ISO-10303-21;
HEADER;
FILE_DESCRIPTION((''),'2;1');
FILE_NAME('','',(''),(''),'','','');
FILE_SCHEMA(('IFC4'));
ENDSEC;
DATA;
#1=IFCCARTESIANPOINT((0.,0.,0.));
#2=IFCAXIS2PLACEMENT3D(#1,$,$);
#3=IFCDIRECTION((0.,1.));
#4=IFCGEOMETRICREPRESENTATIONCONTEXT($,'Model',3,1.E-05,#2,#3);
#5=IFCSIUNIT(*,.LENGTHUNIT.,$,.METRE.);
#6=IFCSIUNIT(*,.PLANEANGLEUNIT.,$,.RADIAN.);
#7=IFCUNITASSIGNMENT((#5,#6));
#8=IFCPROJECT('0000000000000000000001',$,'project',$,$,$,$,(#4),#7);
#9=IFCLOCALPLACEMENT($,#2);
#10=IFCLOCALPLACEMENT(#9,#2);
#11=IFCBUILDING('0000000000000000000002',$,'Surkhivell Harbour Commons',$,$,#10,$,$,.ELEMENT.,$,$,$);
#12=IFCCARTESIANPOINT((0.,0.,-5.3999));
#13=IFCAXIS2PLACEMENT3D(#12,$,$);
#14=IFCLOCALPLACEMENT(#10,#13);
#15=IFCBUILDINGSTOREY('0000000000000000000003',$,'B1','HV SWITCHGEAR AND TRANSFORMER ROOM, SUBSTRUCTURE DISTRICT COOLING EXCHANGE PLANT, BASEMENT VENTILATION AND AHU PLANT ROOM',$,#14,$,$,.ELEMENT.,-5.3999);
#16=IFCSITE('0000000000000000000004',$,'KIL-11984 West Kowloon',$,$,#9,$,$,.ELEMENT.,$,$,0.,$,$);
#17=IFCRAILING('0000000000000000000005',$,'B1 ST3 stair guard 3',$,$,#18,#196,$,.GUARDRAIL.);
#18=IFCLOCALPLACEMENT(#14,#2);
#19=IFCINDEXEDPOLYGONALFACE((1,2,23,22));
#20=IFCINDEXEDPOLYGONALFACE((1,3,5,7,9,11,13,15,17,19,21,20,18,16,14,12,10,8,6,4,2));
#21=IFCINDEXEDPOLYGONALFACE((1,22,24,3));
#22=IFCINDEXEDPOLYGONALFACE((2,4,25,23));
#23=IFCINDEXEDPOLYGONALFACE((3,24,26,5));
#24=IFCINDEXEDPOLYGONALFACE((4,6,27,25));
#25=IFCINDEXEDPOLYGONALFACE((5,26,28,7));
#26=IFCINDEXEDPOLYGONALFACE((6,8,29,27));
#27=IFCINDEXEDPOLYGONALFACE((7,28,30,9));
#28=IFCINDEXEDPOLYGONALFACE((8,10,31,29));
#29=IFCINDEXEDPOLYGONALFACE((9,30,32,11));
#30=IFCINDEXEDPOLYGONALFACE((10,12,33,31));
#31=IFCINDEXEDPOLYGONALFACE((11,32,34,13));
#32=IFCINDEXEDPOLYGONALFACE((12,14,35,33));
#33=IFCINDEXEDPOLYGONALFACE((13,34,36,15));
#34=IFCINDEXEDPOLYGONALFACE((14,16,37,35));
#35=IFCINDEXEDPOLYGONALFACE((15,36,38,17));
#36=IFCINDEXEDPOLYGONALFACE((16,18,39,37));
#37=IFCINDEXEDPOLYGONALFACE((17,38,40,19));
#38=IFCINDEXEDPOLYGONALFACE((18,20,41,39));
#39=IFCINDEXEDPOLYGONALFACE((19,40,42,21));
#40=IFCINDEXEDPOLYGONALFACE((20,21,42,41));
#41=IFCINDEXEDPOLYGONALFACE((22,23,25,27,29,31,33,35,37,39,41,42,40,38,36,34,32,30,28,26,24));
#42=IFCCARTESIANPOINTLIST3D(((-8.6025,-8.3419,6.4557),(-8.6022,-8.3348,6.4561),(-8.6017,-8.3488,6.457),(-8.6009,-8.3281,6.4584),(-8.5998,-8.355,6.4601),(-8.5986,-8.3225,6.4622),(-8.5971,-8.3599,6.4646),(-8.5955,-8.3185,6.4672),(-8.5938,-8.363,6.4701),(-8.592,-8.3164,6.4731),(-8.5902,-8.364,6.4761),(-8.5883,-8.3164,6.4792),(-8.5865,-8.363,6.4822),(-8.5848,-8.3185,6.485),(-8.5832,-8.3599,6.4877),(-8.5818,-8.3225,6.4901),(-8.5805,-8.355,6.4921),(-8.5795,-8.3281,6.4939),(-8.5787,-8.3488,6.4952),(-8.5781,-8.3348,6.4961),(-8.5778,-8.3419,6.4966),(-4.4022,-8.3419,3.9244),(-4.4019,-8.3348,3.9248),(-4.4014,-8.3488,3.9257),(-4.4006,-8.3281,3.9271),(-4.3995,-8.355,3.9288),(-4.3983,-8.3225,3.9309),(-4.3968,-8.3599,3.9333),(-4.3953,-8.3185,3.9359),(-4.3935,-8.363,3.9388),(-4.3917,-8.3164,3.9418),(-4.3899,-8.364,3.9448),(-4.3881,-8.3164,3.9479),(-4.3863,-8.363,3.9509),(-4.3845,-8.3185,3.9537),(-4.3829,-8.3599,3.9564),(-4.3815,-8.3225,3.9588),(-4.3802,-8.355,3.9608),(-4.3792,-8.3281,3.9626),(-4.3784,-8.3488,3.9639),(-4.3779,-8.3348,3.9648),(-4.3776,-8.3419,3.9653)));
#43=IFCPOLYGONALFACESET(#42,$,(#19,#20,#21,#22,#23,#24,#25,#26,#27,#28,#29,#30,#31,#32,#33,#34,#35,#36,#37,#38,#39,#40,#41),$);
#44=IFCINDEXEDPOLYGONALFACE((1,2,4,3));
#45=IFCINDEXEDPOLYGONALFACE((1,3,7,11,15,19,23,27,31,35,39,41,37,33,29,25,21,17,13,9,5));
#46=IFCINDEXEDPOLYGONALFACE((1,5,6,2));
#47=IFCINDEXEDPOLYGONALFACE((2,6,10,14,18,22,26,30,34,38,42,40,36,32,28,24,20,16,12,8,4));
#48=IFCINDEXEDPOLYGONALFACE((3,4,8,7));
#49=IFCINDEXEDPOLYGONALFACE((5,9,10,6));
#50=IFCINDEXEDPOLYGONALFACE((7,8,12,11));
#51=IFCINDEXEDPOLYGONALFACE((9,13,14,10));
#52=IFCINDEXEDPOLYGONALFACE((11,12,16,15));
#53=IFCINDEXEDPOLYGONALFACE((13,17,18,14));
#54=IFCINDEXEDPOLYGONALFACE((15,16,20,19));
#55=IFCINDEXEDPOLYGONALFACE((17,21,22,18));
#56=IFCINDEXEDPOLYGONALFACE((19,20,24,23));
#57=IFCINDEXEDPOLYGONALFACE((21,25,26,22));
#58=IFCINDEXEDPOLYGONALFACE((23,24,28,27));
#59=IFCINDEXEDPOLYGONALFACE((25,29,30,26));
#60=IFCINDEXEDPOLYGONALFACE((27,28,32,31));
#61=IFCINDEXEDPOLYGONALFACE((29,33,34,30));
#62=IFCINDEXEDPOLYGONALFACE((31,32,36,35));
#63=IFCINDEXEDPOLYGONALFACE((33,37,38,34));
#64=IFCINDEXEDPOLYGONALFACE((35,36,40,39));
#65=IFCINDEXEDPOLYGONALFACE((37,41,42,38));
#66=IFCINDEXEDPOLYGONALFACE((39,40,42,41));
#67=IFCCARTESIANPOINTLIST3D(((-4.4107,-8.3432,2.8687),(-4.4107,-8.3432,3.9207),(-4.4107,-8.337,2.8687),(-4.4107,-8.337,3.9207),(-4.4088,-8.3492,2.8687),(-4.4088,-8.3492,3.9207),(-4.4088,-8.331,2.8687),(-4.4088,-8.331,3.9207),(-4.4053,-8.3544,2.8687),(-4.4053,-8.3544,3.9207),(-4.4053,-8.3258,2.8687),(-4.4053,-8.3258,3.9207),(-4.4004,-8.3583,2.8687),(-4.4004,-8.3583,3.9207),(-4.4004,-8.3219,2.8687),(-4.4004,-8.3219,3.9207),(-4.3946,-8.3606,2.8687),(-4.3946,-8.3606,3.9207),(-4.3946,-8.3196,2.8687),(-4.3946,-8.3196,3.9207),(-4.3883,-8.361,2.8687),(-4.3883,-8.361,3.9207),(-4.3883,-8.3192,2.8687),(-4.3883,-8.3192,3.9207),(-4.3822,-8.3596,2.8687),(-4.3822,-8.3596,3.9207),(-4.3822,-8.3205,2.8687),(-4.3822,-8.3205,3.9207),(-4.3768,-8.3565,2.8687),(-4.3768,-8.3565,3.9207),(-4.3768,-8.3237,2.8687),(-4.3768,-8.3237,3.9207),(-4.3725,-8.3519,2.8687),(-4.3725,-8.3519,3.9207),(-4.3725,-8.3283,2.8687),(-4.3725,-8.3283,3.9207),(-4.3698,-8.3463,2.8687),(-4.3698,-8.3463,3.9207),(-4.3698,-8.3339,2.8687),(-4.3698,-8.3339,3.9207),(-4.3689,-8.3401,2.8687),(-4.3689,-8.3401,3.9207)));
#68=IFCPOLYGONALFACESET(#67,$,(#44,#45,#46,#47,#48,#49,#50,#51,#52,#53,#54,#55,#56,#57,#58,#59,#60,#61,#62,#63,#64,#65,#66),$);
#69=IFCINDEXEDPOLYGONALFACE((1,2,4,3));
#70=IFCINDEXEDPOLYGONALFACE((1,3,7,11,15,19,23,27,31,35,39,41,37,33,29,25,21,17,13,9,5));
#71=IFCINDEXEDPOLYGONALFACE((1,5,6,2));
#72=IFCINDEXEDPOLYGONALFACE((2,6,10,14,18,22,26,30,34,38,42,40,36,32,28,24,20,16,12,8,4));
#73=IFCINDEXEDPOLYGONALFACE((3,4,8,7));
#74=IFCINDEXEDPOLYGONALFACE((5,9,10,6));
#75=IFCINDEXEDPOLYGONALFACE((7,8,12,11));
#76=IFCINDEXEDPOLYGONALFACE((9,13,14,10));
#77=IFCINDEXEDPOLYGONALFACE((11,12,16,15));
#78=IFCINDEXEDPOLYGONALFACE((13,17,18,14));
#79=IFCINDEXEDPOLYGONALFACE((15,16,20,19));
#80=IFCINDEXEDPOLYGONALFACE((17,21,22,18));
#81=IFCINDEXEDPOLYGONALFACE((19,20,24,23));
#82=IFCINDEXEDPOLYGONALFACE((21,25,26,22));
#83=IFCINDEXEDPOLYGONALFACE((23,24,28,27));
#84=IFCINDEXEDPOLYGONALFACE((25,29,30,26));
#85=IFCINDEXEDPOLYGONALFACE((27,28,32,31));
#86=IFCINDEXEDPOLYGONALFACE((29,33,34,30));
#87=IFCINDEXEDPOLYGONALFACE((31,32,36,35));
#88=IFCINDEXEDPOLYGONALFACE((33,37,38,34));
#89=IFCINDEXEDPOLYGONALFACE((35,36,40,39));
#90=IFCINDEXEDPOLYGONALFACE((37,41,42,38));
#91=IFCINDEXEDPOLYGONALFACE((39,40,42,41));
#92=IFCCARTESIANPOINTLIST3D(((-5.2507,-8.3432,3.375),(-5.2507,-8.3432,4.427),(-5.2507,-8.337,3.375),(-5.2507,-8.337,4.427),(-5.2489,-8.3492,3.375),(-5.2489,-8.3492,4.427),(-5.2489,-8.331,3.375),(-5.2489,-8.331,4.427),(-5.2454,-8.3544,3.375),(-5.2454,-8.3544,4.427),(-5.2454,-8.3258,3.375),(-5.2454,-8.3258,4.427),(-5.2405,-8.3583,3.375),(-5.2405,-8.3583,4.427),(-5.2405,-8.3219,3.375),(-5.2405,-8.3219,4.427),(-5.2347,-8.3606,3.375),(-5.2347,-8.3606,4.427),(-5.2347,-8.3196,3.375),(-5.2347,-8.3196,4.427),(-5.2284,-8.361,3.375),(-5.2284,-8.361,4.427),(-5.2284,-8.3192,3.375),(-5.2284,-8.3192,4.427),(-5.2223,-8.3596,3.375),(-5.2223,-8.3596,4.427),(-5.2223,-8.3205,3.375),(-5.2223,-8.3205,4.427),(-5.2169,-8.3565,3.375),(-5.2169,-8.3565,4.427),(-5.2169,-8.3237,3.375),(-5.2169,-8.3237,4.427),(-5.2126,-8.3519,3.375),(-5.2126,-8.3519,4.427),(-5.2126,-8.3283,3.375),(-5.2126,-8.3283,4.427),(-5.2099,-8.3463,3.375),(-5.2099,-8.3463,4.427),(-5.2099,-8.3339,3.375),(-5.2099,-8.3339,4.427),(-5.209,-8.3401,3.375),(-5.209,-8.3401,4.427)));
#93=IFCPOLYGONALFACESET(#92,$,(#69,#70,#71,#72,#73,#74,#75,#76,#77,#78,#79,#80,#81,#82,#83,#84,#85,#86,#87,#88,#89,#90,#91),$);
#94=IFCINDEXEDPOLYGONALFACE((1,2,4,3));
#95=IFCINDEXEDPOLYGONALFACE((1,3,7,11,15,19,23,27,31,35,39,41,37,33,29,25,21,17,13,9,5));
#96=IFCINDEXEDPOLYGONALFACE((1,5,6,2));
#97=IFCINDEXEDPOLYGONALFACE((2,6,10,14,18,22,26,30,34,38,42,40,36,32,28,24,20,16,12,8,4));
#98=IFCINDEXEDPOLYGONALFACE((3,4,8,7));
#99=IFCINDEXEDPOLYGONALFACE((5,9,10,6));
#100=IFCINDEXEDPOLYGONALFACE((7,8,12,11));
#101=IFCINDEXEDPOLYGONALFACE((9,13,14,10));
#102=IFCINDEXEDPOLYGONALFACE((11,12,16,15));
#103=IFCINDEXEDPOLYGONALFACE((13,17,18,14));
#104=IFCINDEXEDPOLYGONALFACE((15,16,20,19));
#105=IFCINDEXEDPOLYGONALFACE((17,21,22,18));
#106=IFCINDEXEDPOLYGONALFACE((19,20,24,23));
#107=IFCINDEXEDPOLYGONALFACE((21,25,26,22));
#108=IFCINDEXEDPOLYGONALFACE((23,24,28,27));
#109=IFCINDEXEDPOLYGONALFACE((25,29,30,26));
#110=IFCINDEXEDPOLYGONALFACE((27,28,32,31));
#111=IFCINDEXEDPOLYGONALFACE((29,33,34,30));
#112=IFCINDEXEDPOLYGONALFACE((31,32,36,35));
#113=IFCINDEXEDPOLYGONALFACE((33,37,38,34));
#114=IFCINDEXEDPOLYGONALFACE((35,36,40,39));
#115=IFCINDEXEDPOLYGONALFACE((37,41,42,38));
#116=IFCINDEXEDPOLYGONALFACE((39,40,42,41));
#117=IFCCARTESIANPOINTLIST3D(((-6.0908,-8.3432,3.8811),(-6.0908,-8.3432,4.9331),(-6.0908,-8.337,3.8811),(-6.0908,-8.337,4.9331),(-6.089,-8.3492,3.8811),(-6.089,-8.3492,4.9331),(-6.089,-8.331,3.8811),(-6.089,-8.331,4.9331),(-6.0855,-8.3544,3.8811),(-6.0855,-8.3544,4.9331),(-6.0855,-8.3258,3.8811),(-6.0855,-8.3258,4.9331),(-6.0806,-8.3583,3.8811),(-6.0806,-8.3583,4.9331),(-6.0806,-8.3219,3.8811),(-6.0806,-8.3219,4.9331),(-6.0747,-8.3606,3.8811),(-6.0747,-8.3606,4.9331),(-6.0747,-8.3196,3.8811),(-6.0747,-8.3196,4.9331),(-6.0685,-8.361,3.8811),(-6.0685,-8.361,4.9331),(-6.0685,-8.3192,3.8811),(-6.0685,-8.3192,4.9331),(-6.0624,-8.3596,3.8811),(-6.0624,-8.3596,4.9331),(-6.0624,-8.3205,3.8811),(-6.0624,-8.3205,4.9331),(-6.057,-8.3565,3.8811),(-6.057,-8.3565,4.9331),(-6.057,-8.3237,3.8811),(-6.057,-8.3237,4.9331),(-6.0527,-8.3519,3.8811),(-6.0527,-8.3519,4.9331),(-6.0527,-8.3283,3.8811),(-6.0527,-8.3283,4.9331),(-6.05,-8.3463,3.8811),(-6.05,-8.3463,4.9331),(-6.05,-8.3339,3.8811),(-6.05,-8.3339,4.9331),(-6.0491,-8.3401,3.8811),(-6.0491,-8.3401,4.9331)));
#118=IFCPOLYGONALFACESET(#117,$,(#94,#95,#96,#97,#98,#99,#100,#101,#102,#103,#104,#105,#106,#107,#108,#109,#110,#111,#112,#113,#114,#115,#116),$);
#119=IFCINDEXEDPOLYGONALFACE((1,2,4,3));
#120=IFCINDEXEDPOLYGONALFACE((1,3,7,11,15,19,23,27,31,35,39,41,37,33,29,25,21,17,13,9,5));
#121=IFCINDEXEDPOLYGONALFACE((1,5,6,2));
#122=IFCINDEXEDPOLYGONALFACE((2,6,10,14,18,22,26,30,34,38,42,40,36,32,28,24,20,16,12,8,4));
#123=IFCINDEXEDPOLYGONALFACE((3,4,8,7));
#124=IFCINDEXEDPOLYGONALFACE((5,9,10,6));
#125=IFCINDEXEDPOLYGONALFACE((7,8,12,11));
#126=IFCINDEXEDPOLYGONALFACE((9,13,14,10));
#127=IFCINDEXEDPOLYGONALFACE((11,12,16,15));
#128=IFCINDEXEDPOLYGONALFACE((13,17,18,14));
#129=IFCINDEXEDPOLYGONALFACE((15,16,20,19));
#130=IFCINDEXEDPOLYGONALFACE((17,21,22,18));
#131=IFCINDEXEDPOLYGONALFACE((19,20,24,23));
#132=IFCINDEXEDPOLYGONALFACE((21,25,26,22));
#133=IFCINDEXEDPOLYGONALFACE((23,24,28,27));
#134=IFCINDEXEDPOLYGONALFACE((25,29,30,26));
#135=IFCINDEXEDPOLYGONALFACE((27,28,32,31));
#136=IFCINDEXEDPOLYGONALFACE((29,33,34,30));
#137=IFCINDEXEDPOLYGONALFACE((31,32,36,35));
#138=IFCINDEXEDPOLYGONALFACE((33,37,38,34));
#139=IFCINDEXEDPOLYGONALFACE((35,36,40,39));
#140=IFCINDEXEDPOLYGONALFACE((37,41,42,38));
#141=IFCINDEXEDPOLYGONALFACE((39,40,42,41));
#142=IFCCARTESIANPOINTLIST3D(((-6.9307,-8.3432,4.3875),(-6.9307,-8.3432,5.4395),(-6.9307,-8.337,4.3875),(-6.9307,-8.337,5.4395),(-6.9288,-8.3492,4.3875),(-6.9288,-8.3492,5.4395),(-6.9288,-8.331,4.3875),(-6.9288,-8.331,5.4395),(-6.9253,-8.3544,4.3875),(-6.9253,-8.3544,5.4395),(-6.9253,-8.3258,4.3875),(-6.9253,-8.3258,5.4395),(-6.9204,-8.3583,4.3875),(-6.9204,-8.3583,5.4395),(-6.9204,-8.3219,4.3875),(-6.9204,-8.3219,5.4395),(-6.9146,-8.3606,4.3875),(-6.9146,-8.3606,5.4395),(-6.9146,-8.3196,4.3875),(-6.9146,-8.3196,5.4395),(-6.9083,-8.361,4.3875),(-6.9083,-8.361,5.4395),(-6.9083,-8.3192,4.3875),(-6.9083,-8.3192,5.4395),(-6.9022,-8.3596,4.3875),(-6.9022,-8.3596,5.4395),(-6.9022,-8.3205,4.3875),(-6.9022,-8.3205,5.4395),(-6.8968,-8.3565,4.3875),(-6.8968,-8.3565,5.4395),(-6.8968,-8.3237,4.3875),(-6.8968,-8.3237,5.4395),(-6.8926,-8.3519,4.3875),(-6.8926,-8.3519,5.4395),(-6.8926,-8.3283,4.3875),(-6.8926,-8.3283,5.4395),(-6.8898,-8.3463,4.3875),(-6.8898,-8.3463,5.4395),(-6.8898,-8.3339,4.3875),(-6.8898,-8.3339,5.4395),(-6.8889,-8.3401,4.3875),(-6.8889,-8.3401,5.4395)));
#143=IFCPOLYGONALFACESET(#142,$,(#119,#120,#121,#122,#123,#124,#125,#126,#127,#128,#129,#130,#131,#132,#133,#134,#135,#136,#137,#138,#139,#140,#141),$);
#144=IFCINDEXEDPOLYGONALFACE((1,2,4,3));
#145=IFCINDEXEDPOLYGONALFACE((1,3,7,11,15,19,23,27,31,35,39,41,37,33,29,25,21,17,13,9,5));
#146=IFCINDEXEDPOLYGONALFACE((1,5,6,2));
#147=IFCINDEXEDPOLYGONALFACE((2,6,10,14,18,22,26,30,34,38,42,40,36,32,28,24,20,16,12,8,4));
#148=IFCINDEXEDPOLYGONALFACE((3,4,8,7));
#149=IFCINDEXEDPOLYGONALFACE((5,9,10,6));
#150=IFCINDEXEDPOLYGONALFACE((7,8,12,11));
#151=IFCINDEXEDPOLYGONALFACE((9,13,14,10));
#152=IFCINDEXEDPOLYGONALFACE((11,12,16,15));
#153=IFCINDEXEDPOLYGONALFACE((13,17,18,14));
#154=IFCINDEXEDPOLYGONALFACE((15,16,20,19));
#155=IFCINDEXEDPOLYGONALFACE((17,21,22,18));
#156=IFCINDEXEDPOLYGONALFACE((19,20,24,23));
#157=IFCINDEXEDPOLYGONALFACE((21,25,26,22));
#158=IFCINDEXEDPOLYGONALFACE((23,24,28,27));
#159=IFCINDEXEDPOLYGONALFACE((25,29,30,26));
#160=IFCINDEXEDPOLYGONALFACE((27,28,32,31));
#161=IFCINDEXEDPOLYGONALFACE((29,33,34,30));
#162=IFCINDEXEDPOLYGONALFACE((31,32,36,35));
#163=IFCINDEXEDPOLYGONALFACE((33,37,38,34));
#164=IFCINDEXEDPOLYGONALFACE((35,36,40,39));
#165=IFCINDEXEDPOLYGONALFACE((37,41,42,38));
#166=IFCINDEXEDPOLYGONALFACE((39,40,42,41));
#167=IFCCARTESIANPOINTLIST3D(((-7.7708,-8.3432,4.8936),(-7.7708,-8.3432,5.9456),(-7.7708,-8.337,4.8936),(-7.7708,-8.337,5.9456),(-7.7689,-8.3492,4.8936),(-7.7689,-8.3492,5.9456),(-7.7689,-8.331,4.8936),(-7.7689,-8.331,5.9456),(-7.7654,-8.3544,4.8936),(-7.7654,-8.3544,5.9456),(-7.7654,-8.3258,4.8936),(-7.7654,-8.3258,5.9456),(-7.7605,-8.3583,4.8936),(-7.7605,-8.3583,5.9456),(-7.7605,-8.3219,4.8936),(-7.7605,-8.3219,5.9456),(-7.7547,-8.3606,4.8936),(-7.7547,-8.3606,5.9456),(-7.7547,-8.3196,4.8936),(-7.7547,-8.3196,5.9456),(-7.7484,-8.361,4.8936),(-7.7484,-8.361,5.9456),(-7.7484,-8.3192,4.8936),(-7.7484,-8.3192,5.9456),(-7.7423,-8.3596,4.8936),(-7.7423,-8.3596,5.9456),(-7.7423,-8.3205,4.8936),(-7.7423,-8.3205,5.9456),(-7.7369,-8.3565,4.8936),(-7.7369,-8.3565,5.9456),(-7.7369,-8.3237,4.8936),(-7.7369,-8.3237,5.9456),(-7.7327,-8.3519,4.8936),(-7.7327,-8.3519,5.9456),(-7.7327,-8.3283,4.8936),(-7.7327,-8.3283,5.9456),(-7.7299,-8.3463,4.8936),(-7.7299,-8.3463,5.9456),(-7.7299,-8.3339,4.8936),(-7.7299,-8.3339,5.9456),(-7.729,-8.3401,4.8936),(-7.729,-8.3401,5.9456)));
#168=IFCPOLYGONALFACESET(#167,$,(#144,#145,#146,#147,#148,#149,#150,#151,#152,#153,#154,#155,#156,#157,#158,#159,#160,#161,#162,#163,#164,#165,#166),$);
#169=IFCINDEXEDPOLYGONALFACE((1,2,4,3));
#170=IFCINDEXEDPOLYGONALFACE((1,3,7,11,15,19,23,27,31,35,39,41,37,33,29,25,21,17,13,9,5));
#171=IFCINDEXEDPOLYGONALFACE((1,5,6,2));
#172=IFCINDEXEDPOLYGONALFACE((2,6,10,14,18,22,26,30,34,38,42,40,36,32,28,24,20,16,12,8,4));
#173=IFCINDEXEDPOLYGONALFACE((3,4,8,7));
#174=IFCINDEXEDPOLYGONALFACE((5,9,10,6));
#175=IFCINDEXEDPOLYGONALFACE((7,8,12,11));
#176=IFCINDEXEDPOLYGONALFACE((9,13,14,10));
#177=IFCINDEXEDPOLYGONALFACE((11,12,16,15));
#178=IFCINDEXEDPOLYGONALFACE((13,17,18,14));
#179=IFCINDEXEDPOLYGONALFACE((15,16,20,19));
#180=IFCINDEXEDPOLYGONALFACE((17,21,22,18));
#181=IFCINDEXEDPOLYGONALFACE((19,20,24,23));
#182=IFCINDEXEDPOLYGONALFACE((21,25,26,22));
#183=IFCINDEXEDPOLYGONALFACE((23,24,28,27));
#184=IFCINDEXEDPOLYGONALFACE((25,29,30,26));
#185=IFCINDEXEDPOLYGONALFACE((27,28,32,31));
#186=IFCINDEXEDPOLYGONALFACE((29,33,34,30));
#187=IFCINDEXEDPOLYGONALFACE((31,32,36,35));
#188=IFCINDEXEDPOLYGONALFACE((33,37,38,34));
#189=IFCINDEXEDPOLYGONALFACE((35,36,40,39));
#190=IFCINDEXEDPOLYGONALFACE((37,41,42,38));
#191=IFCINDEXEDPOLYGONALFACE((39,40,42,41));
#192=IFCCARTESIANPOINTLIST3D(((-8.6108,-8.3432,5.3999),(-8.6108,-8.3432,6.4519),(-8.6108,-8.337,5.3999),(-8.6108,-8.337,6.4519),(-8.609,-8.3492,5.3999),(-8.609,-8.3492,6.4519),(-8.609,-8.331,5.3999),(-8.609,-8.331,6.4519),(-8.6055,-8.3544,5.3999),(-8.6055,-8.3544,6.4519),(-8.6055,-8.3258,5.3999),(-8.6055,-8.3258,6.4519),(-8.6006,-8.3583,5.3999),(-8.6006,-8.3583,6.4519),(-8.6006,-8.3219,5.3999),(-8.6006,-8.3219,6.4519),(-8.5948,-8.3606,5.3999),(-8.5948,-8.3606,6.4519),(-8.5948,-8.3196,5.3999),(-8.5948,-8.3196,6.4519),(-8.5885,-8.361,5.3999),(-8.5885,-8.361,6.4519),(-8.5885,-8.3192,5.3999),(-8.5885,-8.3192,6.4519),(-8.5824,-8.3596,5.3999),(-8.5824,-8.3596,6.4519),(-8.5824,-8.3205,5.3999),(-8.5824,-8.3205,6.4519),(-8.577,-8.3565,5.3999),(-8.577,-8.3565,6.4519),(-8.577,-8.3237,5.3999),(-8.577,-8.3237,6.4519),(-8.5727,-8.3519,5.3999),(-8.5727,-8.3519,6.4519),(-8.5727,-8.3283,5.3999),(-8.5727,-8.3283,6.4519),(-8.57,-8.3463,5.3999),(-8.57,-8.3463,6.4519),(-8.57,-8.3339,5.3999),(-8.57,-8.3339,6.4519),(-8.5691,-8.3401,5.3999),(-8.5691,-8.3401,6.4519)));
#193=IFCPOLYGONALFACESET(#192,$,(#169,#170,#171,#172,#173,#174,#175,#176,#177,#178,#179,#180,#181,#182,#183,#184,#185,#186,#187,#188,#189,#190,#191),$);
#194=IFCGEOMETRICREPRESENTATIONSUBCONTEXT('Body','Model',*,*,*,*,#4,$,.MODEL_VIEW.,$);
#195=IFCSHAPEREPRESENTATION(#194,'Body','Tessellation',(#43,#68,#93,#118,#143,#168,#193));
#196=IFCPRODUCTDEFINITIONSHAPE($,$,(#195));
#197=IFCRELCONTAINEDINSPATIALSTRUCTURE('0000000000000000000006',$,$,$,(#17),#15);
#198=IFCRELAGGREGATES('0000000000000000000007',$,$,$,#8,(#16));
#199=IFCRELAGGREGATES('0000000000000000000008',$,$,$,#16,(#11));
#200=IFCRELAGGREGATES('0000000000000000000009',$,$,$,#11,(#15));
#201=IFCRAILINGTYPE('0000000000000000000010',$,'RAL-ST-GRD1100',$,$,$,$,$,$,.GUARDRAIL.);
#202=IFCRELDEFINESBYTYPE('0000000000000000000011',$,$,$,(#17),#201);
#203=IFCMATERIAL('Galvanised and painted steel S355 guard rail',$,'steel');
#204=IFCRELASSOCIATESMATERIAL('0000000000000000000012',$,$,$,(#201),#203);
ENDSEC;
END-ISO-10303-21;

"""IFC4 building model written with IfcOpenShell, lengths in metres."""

from ifc_helpers import new_model, si_unit, direction, frame, origin, origin_2d, place, context, subcontext, project, spatial, circle, extrude, material, type_object, element, save


model = new_model("IFC4")

# Units and contexts
model_context = context("Model", 3, precision=1e-05, world=origin(), true_north=direction((0.0, 1.0)))
body_context = subcontext(model_context, "Body", "Model", "MODEL_VIEW")
ifc_project = project(units=[si_unit("LENGTHUNIT", "METRE"), si_unit("PLANEANGLEUNIT", "RADIAN")], contexts=[model_context])

# Site, building, storey
site_placement = place(None, origin())
site = spatial("IfcSite", under=ifc_project, at=site_placement, Name="KIL-11984 West Kowloon", CompositionType="ELEMENT", RefElevation=0.0)
building_placement = place(site_placement, origin())
building = spatial("IfcBuilding", under=site, at=building_placement, Name="Surkhivell Harbour Commons", CompositionType="ELEMENT")
storey_placement = place(building_placement, frame((0.0, 0.0, -5.3999)))
storey = spatial("IfcBuildingStorey", under=building, at=storey_placement, Name="B1", Description="HV SWITCHGEAR AND TRANSFORMER ROOM, SUBSTRUCTURE DISTRICT COOLING EXCHANGE PLANT, BASEMENT VENTILATION AND AHU PLANT ROOM", CompositionType="ELEMENT", Elevation=-5.3999)

# Railing
ifc_material_1 = material(Name="Galvanised and painted steel S355 guard rail", Category="steel")
railing_type_1 = type_object("IfcRailingType", Name="RAL-ST-GRD1100", PredefinedType="GUARDRAIL", material=ifc_material_1)
railing_1_placement = place(storey_placement, frame((-4.3899, -8.3401, 2.8687)))
element("IfcRailing", 1, at=railing_1_placement, inside=storey, type_object=railing_type_1, Name="B1 ST3 stair guard 3", PredefinedType="GUARDRAIL", context=body_context, shape_type="SweptSolid", body=[
    extrude(circle(Radius=0.0239, at=origin_2d()), frame((0.0, 0.0, 1.0762), z_axis=(-0.85649, 0.0, 0.516164), x_axis=(0.0, -1.0, 0.0)), (0.0, 0.0, 1.0), 4.9041),
    extrude(circle(Radius=0.021, at=origin_2d()), origin(), (0.0, 0.0, 1.0), 1.052),
    extrude(circle(Radius=0.021, at=origin_2d()), frame((-0.8401, 0.0, 0.5063)), (0.0, 0.0, 1.0), 1.052),
    extrude(circle(Radius=0.021, at=origin_2d()), frame((-1.6802, 0.0, 1.0125)), (0.0, 0.0, 1.0), 1.052),
    extrude(circle(Radius=0.021, at=origin_2d()), frame((-2.52, 0.0, 1.5188)), (0.0, 0.0, 1.0), 1.052),
    extrude(circle(Radius=0.021, at=origin_2d()), frame((-3.3601, 0.0, 2.0249)), (0.0, 0.0, 1.0), 1.052),
    extrude(circle(Radius=0.021, at=origin_2d()), frame((-4.2002, 0.0, 2.5312)), (0.0, 0.0, 1.0), 1.052),
])

save(model, "model.ifc")
